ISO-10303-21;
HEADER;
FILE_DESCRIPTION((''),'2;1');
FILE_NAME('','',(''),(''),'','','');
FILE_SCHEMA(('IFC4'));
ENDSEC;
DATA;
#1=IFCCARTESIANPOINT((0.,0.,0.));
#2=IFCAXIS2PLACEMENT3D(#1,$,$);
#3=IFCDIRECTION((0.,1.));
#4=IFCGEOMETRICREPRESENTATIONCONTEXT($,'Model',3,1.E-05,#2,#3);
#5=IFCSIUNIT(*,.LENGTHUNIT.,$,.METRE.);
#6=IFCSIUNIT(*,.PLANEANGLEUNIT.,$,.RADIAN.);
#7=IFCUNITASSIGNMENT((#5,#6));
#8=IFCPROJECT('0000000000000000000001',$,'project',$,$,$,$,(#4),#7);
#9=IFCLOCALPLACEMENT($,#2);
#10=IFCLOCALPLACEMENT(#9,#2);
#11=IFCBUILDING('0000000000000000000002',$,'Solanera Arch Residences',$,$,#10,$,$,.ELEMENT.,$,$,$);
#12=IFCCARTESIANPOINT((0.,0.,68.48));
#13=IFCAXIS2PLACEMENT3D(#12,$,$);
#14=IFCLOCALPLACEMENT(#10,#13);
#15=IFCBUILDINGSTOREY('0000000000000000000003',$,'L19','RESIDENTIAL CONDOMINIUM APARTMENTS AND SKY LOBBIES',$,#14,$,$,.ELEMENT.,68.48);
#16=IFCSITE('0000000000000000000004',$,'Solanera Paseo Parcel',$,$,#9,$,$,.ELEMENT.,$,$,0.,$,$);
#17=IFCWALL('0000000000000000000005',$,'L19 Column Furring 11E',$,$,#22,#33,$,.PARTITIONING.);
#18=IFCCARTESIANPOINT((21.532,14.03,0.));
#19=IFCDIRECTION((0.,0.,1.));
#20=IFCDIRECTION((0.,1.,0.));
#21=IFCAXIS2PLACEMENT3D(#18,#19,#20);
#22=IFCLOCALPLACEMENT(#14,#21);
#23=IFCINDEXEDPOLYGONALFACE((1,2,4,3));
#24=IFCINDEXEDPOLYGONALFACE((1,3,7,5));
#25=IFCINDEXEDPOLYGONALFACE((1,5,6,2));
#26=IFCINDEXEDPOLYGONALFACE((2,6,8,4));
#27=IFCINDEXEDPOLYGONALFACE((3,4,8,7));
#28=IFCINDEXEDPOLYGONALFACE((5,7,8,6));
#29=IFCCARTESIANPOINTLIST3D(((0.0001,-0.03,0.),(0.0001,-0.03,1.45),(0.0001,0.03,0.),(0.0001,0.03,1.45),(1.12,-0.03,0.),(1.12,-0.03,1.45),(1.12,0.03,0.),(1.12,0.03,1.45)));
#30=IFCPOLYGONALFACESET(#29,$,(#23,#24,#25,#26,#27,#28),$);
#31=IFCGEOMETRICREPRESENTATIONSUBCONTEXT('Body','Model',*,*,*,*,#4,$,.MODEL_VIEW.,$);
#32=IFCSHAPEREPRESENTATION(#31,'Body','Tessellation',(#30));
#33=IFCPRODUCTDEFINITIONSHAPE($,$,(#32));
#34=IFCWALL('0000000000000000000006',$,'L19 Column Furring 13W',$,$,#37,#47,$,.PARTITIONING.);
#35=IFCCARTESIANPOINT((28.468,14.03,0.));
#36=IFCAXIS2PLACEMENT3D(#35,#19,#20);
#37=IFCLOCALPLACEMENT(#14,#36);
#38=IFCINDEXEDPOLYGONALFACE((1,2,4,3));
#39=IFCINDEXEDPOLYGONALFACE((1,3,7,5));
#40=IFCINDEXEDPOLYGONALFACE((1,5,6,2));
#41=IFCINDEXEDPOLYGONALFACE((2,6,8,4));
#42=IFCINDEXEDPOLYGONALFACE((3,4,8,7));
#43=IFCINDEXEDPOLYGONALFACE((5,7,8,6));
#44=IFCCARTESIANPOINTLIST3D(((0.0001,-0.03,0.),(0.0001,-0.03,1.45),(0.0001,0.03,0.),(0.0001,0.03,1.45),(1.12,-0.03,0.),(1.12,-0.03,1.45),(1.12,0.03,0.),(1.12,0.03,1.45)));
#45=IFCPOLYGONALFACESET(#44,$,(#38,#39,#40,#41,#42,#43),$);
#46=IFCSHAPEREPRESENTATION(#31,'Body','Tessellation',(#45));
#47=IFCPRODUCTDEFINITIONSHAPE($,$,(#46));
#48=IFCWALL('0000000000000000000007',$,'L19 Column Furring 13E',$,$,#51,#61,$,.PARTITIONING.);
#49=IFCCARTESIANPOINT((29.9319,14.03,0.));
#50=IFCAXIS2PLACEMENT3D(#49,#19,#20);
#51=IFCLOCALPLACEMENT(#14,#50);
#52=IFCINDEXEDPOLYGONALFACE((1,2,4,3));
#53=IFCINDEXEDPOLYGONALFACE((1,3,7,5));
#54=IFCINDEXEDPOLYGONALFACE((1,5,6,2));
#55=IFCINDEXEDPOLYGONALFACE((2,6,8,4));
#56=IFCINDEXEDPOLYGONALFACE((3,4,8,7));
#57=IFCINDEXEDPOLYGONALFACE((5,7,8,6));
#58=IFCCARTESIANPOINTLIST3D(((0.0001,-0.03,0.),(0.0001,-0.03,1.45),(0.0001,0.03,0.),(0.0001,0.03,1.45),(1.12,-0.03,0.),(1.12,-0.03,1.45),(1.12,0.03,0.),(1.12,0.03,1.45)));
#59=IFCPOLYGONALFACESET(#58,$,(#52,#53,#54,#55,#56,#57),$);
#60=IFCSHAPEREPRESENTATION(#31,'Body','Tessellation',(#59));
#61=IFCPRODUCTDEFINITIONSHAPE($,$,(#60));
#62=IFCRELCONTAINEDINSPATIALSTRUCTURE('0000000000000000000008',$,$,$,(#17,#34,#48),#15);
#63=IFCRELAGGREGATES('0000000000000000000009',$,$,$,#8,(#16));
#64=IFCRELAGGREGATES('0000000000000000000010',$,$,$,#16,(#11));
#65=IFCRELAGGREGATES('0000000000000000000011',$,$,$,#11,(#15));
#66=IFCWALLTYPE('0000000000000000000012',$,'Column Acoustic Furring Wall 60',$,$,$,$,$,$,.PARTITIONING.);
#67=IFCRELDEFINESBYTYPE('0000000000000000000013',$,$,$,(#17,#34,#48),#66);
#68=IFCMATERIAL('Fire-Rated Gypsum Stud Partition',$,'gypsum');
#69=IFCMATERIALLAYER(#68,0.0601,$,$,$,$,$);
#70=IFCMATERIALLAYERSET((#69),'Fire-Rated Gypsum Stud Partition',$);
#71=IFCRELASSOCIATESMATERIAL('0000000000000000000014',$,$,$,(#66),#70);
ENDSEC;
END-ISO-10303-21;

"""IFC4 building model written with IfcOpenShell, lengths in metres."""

from ifc_helpers import new_model, si_unit, direction, frame, frame_2d, origin, place, context, subcontext, project, spatial, rectangle, extrude, material, layer, layer_set, type_object, element, save


model = new_model("IFC4")

# Units and contexts
model_context = context("Model", 3, precision=1e-05, world=origin(), true_north=direction((0.0, 1.0)))
body_context = subcontext(model_context, "Body", "Model", "MODEL_VIEW")
ifc_project = project(units=[si_unit("LENGTHUNIT", "METRE"), si_unit("PLANEANGLEUNIT", "RADIAN")], contexts=[model_context])

# Site, building, storey
site_placement = place(None, origin())
site = spatial("IfcSite", under=ifc_project, at=site_placement, Name="Solanera Paseo Parcel", CompositionType="ELEMENT", RefElevation=0.0)
building_placement = place(site_placement, origin())
building = spatial("IfcBuilding", under=site, at=building_placement, Name="Solanera Arch Residences", CompositionType="ELEMENT")
storey_placement = place(building_placement, frame((0.0, 0.0, 68.48)))
storey = spatial("IfcBuildingStorey", under=building, at=storey_placement, Name="L19", Description="RESIDENTIAL CONDOMINIUM APARTMENTS AND SKY LOBBIES", CompositionType="ELEMENT", Elevation=68.48)

# Walls
ifc_material_1 = material(Name="Fire-Rated Gypsum Stud Partition", Category="gypsum")
ifc_layer_1 = layer(ifc_material_1, 0.0601)
ifc_layer_set_1 = layer_set([ifc_layer_1], Name="Fire-Rated Gypsum Stud Partition")
wall_type_1 = type_object("IfcWallType", Name="Column Acoustic Furring Wall 60", PredefinedType="PARTITIONING", material=ifc_layer_set_1)
wall_1_placement = place(storey_placement, frame((21.532, 14.03, 0.0), z_axis=(0.0, 0.0, 1.0), x_axis=(0.0, 1.0, 0.0)))
element("IfcWall", 1, at=wall_1_placement, inside=storey, type_object=wall_type_1, Name="L19 Column Furring 11E", PredefinedType="PARTITIONING", context=body_context, shape_type="SweptSolid", body=[
    extrude(rectangle(XDim=1.1199, YDim=0.0601, at=frame_2d((0.5601, 0.0))), origin(), (0.0, 0.0, 1.0), 1.45),
])
for number, where, z_axis, x_axis, name in (
    (2, (28.468, 14.03, 0.0), (0.0, 0.0, 1.0), (0.0, 1.0, 0.0), "L19 Column Furring 13W"),
    (3, (29.9319, 14.03, 0.0), (0.0, 0.0, 1.0), (0.0, 1.0, 0.0), "L19 Column Furring 13E"),
):
    element("IfcWall", number, at=place(storey_placement, frame(where, z_axis=z_axis, x_axis=x_axis)), inside=storey, type_object=wall_type_1, Name=name, PredefinedType="PARTITIONING", context=body_context, shape_type="SweptSolid", body=[
        extrude(rectangle(XDim=1.1199, YDim=0.0601, at=frame_2d((0.5601, 0.0))), origin(), (0.0, 0.0, 1.0), 1.45),
    ])

save(model, "model.ifc")
